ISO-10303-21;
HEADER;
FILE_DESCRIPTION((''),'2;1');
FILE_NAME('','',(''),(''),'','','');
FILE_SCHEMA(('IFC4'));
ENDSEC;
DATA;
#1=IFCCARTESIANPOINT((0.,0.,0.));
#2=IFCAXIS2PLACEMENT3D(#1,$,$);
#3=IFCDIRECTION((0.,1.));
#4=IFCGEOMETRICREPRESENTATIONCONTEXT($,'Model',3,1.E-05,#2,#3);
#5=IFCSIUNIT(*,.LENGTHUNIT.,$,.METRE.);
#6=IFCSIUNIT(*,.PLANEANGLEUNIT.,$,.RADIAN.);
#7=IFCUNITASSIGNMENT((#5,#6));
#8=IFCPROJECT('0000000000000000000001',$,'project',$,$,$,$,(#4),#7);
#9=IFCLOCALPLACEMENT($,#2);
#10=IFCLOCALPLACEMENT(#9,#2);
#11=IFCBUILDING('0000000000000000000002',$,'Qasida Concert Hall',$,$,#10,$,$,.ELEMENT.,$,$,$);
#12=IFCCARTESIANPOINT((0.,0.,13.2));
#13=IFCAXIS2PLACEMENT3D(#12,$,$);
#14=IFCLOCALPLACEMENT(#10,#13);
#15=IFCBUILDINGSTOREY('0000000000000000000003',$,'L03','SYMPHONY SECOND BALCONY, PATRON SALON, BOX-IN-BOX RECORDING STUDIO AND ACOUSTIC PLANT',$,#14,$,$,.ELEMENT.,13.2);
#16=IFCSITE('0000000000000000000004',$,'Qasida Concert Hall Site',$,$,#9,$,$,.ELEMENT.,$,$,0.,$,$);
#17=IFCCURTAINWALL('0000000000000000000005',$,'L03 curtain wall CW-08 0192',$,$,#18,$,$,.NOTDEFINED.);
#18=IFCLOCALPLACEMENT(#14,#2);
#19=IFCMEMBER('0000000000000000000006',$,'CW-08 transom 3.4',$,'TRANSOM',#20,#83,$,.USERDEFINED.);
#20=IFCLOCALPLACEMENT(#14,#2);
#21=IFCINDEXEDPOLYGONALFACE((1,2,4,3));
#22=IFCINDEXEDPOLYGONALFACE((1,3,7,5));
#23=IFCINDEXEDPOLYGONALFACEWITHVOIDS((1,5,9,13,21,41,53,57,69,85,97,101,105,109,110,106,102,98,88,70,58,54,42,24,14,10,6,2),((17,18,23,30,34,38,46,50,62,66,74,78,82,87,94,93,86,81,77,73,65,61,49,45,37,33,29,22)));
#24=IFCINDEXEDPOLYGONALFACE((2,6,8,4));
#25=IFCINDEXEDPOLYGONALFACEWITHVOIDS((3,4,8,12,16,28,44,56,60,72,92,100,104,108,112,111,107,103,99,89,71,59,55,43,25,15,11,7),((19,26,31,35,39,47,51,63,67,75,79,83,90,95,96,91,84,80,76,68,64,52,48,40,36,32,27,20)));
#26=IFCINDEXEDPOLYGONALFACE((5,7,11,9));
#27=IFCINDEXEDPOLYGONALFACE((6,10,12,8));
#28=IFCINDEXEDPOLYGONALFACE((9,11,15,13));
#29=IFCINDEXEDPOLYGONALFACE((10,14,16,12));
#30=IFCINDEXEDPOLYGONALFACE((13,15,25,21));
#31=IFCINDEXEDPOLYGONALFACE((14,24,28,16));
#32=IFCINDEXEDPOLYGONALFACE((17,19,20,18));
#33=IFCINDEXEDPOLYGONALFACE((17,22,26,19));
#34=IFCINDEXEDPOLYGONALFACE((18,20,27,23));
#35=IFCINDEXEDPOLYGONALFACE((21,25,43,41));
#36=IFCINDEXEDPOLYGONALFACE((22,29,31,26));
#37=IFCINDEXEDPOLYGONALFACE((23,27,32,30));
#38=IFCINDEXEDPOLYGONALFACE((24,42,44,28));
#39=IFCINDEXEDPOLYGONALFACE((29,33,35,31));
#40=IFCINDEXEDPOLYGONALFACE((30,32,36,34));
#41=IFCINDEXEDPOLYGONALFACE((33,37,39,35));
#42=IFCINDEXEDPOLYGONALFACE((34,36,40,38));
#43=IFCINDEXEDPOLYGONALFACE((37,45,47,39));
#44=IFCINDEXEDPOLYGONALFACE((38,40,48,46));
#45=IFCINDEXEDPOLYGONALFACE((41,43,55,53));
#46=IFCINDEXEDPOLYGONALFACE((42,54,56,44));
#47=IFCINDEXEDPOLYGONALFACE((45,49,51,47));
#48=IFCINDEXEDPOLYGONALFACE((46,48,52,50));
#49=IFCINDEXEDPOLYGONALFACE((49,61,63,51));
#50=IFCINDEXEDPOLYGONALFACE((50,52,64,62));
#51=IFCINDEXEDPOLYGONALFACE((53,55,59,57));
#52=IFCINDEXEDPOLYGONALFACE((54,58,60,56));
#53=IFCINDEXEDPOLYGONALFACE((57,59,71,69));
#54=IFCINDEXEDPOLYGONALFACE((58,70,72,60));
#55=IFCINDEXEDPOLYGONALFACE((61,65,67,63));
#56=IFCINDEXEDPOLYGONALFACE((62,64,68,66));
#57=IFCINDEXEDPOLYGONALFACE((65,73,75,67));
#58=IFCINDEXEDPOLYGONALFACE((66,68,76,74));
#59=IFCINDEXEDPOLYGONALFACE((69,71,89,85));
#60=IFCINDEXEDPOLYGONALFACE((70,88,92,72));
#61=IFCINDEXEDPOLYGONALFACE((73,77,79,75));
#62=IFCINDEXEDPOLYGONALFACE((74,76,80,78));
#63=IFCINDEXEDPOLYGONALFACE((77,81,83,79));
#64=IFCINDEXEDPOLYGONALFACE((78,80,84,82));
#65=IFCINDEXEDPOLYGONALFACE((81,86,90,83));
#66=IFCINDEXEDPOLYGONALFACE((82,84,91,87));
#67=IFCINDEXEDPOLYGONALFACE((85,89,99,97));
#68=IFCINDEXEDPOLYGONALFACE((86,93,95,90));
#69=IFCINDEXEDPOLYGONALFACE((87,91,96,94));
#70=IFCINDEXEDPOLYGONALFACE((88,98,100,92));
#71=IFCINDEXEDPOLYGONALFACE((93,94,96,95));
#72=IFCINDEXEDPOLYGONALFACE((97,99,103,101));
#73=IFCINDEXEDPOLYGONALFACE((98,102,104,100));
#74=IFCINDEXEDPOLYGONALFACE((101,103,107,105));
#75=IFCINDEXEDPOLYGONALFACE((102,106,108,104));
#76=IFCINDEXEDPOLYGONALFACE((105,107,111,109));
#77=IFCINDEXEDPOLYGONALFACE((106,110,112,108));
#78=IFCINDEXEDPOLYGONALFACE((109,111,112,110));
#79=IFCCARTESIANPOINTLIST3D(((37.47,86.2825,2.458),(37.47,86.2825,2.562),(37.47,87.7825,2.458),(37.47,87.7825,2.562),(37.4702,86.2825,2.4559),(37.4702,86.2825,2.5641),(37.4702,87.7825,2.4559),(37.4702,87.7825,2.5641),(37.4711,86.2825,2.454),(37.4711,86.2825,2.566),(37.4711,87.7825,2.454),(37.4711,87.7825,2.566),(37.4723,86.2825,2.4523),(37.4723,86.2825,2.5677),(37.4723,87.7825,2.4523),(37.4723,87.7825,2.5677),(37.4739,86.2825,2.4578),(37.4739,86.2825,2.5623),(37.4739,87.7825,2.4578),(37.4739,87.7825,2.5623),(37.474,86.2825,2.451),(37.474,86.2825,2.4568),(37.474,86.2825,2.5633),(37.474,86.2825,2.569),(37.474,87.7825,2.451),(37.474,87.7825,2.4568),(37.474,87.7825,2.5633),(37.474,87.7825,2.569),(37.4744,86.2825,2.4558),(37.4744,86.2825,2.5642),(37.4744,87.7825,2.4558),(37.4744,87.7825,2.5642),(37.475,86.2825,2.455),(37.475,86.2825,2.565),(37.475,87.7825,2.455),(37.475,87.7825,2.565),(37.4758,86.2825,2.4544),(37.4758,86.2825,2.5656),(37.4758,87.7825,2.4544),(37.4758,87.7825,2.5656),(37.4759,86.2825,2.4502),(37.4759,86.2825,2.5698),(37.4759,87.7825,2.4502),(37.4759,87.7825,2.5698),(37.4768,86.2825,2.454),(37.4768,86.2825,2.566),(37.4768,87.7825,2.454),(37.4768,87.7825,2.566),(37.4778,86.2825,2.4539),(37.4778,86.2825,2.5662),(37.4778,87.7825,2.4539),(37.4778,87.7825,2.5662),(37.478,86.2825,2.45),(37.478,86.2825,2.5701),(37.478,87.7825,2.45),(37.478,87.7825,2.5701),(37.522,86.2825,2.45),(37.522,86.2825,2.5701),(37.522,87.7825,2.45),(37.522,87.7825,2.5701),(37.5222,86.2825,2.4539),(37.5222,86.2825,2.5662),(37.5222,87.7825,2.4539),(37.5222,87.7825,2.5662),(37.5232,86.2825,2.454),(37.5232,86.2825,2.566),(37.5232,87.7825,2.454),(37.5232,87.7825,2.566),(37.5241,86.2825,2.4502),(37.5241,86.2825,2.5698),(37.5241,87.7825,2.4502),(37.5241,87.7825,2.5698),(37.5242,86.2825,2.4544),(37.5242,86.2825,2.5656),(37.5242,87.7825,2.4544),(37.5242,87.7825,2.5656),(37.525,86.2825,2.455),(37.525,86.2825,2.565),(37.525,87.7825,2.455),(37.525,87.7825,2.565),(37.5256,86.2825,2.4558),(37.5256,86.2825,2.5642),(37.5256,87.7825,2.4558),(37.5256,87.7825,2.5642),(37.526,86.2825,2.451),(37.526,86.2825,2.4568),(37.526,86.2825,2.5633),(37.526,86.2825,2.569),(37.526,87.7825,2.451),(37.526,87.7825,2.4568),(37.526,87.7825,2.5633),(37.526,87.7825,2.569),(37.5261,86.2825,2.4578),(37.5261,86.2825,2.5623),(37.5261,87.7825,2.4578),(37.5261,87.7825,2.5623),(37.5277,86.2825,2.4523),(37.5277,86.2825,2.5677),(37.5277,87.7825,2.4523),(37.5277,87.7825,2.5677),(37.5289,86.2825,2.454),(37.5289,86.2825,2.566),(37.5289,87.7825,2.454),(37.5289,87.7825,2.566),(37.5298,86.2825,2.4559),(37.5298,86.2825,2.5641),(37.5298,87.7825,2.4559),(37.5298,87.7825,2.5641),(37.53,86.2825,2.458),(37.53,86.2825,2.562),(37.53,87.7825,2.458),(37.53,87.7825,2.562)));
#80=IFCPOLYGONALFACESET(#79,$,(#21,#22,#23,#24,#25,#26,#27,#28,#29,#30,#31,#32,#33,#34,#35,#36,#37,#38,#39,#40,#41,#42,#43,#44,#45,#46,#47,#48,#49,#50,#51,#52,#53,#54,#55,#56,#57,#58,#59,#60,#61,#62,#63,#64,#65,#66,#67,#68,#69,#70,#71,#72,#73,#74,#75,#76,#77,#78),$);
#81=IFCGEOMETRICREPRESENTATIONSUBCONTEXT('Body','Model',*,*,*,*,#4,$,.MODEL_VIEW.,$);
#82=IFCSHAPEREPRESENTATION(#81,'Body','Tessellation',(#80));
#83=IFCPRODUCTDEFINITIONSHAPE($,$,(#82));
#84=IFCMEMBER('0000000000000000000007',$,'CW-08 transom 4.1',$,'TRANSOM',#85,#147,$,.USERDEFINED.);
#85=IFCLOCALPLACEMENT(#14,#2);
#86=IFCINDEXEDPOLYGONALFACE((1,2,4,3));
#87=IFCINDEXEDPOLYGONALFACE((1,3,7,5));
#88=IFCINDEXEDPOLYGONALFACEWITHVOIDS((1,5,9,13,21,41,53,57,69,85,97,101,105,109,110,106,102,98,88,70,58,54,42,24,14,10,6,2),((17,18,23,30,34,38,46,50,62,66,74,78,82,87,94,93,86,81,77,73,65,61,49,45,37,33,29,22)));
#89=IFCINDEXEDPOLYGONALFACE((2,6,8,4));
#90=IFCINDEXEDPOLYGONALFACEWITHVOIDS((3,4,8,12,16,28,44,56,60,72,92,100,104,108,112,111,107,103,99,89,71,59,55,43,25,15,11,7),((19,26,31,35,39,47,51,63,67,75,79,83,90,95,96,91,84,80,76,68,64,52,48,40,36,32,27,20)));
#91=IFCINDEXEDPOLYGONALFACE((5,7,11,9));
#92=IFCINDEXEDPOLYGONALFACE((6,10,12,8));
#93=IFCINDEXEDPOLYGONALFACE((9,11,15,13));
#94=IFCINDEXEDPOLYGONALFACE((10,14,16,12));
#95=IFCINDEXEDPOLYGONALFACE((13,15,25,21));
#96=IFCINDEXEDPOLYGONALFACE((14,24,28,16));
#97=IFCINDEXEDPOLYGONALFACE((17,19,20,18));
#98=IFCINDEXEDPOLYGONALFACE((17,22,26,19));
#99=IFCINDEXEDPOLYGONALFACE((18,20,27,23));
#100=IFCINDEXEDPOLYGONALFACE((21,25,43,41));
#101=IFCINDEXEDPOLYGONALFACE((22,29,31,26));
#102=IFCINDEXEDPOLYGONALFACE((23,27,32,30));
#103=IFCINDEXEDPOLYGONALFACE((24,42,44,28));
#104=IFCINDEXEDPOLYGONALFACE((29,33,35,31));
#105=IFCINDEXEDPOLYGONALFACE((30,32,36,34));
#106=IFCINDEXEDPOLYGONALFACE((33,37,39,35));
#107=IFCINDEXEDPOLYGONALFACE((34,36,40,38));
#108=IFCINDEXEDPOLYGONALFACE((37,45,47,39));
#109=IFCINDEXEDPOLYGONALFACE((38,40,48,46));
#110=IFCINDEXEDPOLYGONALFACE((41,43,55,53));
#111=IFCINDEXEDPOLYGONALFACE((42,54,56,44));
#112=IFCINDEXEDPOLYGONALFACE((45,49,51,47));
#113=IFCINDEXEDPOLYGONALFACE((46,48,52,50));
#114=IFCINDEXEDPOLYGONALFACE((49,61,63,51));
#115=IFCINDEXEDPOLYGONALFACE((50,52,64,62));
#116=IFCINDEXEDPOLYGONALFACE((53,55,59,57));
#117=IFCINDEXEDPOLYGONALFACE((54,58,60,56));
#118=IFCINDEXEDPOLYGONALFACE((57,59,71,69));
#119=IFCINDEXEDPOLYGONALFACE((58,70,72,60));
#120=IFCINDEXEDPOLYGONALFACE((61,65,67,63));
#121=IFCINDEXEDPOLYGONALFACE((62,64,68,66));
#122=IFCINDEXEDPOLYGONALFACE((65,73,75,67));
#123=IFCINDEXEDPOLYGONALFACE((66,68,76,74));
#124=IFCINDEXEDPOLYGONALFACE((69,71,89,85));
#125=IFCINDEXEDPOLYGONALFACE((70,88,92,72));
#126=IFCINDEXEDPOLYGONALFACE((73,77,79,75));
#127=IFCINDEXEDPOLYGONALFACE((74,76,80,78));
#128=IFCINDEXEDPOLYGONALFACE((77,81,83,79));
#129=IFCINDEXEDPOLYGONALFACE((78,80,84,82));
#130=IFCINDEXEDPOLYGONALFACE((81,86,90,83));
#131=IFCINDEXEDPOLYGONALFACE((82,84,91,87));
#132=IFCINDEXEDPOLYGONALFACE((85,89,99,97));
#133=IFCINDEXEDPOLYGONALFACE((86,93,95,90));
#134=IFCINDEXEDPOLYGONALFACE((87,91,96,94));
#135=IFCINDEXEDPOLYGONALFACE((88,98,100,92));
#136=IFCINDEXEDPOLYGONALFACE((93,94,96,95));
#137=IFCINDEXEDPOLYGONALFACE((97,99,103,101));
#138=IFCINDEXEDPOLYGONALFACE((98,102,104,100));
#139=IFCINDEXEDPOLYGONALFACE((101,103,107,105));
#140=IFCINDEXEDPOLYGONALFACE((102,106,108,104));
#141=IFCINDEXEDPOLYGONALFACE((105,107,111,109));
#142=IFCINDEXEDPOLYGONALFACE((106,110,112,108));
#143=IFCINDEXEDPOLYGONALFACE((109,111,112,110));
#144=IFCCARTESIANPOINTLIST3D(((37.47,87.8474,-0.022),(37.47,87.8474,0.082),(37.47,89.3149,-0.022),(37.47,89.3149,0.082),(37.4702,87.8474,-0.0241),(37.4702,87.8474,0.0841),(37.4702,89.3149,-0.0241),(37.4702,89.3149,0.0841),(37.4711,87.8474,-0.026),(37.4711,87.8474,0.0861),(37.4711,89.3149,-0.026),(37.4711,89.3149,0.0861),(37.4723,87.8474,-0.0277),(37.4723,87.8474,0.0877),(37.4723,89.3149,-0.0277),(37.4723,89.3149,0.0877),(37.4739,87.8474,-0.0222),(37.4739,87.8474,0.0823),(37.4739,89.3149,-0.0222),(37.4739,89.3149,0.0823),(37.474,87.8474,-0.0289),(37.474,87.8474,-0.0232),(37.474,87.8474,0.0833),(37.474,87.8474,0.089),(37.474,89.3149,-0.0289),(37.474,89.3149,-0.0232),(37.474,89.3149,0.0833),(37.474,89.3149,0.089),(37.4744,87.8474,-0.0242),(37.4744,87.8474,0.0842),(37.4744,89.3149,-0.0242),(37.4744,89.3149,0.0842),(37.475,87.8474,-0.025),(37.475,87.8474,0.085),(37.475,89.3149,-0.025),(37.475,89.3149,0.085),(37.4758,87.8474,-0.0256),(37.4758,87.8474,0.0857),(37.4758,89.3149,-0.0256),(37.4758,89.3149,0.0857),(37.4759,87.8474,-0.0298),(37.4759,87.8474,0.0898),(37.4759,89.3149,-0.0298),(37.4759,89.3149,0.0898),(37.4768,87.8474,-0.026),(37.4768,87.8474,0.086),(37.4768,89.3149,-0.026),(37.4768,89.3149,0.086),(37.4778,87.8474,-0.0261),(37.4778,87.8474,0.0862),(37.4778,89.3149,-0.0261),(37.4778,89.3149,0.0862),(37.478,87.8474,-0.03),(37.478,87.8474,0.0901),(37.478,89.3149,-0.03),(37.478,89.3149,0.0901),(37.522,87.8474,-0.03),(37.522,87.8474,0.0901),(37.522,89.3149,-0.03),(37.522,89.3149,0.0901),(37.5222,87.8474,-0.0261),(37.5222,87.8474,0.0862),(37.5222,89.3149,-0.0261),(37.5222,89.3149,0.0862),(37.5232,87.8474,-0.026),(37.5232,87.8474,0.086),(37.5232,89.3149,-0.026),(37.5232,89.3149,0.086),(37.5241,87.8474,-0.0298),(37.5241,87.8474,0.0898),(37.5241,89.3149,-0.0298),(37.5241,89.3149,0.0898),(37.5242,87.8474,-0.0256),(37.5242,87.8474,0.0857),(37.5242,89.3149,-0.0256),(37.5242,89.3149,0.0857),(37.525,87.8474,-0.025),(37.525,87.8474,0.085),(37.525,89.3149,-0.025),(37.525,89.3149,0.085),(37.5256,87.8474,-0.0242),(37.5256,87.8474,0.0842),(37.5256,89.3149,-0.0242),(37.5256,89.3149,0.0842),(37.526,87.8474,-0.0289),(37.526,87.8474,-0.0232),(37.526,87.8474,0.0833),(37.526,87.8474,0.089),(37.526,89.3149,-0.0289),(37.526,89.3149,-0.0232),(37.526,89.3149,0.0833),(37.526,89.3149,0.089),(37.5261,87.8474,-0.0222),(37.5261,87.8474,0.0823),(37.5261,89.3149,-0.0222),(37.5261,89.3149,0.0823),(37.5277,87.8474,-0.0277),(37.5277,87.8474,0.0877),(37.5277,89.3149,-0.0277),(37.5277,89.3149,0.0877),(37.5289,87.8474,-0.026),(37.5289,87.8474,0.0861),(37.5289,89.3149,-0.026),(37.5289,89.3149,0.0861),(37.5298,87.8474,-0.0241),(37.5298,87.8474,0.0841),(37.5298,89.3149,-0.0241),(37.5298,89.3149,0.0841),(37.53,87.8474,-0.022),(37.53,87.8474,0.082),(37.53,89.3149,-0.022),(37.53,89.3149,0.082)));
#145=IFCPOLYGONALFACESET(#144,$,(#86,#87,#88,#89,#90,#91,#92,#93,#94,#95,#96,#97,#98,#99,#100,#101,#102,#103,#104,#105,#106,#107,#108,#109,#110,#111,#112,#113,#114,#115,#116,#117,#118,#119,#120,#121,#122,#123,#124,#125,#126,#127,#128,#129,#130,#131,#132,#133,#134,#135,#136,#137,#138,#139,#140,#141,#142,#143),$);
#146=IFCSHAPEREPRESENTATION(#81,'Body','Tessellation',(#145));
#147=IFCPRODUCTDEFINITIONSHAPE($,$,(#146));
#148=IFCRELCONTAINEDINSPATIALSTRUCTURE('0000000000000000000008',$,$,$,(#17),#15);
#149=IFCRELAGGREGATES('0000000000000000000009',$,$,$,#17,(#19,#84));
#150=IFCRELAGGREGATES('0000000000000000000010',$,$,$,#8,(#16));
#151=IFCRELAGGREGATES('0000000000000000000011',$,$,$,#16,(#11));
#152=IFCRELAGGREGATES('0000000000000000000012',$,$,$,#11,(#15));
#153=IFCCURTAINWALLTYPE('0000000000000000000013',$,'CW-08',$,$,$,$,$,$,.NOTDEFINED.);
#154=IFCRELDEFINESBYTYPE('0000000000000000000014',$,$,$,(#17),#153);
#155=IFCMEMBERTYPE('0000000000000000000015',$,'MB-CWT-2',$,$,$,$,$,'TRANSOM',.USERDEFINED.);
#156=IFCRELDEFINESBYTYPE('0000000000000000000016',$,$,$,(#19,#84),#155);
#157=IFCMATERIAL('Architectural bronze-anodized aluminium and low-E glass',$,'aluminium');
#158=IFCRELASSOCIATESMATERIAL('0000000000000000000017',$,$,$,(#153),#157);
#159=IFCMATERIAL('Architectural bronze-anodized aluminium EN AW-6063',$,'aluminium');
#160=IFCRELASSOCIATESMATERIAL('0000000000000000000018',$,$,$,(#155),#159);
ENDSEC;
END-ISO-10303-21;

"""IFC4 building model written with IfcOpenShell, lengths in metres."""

from ifc_helpers import new_model, si_unit, direction, frame, origin, origin_2d, place, context, subcontext, project, spatial, hollow_rectangle, extrude, material, material_profile, profile_set, type_object, element, aggregate, save


model = new_model("IFC4")

# Units and contexts
model_context = context("Model", 3, precision=1e-05, world=origin(), true_north=direction((0.0, 1.0)))
body_context = subcontext(model_context, "Body", "Model", "MODEL_VIEW")
ifc_project = project(units=[si_unit("LENGTHUNIT", "METRE"), si_unit("PLANEANGLEUNIT", "RADIAN")], contexts=[model_context])

# Site, building, storey
site_placement = place(None, origin())
site = spatial("IfcSite", under=ifc_project, at=site_placement, Name="Qasida Concert Hall Site", CompositionType="ELEMENT", RefElevation=0.0)
building_placement = place(site_placement, origin())
building = spatial("IfcBuilding", under=site, at=building_placement, Name="Qasida Concert Hall", CompositionType="ELEMENT")
storey_placement = place(building_placement, frame((0.0, 0.0, 13.2)))
storey = spatial("IfcBuildingStorey", under=building, at=storey_placement, Name="L03", Description="SYMPHONY SECOND BALCONY, PATRON SALON, BOX-IN-BOX RECORDING STUDIO AND ACOUSTIC PLANT", CompositionType="ELEMENT", Elevation=13.2)

# Curtain wall, members
ifc_material_1 = material(Name="Architectural bronze-anodized aluminium and low-E glass", Category="aluminium")
curtain_wall_type = type_object("IfcCurtainWallType", Name="CW-08", PredefinedType="NOTDEFINED", material=ifc_material_1)
curtain_wall_placement = place(storey_placement, origin())
curtain_wall = element("IfcCurtainWall", 1, at=curtain_wall_placement, inside=storey, type_object=curtain_wall_type, Name="L03 curtain wall CW-08 0192", PredefinedType="NOTDEFINED")
ifc_material_2 = material(Name="Architectural bronze-anodized aluminium EN AW-6063", Category="aluminium")
ifc_material_profile_1 = material_profile(ifc_material_2, hollow_rectangle(XDim=0.0601, YDim=0.1201, WallThickness=0.0039, InnerFilletRadius=0.0039, OuterFilletRadius=0.0081, at=origin_2d()), Name="CWT 120x60x4")
ifc_profile_set_1 = profile_set([ifc_material_profile_1], Name="Architectural bronze-anodized aluminium EN AW-6063")
member_type_1 = type_object("IfcMemberType", Name="MB-CWT-2", ElementType="TRANSOM", PredefinedType="USERDEFINED", material=ifc_profile_set_1)
member_1_placement = place(storey_placement, frame((37.5, 86.2825, 2.51), z_axis=(0.0, 1.0, 0.0), x_axis=(-1.0, 0.0, 0.0)))
member_1 = element("IfcMember", 2, at=member_1_placement, type_object=member_type_1, Name="CW-08 transom 3.4", ObjectType="TRANSOM", PredefinedType="USERDEFINED", context=body_context, shape_type="SweptSolid", body=[
    extrude(hollow_rectangle(XDim=0.0601, YDim=0.1201, WallThickness=0.0039, InnerFilletRadius=0.0039, OuterFilletRadius=0.0081, at=origin_2d()), origin(), (0.0, 0.0, 1.0), 1.5),
])
member_2_placement = place(storey_placement, frame((37.5, 87.8474, 0.03), z_axis=(0.0, 1.0, 0.0), x_axis=(-1.0, 0.0, 0.0)))
member_2 = element("IfcMember", 3, at=member_2_placement, type_object=member_type_1, Name="CW-08 transom 4.1", ObjectType="TRANSOM", PredefinedType="USERDEFINED", context=body_context, shape_type="SweptSolid", body=[
    extrude(hollow_rectangle(XDim=0.0601, YDim=0.1201, WallThickness=0.0039, InnerFilletRadius=0.0039, OuterFilletRadius=0.0081, at=origin_2d()), origin(), (0.0, 0.0, 1.0), 1.4675),
])
aggregate(curtain_wall, [member_1, member_2])

save(model, "model.ifc")
